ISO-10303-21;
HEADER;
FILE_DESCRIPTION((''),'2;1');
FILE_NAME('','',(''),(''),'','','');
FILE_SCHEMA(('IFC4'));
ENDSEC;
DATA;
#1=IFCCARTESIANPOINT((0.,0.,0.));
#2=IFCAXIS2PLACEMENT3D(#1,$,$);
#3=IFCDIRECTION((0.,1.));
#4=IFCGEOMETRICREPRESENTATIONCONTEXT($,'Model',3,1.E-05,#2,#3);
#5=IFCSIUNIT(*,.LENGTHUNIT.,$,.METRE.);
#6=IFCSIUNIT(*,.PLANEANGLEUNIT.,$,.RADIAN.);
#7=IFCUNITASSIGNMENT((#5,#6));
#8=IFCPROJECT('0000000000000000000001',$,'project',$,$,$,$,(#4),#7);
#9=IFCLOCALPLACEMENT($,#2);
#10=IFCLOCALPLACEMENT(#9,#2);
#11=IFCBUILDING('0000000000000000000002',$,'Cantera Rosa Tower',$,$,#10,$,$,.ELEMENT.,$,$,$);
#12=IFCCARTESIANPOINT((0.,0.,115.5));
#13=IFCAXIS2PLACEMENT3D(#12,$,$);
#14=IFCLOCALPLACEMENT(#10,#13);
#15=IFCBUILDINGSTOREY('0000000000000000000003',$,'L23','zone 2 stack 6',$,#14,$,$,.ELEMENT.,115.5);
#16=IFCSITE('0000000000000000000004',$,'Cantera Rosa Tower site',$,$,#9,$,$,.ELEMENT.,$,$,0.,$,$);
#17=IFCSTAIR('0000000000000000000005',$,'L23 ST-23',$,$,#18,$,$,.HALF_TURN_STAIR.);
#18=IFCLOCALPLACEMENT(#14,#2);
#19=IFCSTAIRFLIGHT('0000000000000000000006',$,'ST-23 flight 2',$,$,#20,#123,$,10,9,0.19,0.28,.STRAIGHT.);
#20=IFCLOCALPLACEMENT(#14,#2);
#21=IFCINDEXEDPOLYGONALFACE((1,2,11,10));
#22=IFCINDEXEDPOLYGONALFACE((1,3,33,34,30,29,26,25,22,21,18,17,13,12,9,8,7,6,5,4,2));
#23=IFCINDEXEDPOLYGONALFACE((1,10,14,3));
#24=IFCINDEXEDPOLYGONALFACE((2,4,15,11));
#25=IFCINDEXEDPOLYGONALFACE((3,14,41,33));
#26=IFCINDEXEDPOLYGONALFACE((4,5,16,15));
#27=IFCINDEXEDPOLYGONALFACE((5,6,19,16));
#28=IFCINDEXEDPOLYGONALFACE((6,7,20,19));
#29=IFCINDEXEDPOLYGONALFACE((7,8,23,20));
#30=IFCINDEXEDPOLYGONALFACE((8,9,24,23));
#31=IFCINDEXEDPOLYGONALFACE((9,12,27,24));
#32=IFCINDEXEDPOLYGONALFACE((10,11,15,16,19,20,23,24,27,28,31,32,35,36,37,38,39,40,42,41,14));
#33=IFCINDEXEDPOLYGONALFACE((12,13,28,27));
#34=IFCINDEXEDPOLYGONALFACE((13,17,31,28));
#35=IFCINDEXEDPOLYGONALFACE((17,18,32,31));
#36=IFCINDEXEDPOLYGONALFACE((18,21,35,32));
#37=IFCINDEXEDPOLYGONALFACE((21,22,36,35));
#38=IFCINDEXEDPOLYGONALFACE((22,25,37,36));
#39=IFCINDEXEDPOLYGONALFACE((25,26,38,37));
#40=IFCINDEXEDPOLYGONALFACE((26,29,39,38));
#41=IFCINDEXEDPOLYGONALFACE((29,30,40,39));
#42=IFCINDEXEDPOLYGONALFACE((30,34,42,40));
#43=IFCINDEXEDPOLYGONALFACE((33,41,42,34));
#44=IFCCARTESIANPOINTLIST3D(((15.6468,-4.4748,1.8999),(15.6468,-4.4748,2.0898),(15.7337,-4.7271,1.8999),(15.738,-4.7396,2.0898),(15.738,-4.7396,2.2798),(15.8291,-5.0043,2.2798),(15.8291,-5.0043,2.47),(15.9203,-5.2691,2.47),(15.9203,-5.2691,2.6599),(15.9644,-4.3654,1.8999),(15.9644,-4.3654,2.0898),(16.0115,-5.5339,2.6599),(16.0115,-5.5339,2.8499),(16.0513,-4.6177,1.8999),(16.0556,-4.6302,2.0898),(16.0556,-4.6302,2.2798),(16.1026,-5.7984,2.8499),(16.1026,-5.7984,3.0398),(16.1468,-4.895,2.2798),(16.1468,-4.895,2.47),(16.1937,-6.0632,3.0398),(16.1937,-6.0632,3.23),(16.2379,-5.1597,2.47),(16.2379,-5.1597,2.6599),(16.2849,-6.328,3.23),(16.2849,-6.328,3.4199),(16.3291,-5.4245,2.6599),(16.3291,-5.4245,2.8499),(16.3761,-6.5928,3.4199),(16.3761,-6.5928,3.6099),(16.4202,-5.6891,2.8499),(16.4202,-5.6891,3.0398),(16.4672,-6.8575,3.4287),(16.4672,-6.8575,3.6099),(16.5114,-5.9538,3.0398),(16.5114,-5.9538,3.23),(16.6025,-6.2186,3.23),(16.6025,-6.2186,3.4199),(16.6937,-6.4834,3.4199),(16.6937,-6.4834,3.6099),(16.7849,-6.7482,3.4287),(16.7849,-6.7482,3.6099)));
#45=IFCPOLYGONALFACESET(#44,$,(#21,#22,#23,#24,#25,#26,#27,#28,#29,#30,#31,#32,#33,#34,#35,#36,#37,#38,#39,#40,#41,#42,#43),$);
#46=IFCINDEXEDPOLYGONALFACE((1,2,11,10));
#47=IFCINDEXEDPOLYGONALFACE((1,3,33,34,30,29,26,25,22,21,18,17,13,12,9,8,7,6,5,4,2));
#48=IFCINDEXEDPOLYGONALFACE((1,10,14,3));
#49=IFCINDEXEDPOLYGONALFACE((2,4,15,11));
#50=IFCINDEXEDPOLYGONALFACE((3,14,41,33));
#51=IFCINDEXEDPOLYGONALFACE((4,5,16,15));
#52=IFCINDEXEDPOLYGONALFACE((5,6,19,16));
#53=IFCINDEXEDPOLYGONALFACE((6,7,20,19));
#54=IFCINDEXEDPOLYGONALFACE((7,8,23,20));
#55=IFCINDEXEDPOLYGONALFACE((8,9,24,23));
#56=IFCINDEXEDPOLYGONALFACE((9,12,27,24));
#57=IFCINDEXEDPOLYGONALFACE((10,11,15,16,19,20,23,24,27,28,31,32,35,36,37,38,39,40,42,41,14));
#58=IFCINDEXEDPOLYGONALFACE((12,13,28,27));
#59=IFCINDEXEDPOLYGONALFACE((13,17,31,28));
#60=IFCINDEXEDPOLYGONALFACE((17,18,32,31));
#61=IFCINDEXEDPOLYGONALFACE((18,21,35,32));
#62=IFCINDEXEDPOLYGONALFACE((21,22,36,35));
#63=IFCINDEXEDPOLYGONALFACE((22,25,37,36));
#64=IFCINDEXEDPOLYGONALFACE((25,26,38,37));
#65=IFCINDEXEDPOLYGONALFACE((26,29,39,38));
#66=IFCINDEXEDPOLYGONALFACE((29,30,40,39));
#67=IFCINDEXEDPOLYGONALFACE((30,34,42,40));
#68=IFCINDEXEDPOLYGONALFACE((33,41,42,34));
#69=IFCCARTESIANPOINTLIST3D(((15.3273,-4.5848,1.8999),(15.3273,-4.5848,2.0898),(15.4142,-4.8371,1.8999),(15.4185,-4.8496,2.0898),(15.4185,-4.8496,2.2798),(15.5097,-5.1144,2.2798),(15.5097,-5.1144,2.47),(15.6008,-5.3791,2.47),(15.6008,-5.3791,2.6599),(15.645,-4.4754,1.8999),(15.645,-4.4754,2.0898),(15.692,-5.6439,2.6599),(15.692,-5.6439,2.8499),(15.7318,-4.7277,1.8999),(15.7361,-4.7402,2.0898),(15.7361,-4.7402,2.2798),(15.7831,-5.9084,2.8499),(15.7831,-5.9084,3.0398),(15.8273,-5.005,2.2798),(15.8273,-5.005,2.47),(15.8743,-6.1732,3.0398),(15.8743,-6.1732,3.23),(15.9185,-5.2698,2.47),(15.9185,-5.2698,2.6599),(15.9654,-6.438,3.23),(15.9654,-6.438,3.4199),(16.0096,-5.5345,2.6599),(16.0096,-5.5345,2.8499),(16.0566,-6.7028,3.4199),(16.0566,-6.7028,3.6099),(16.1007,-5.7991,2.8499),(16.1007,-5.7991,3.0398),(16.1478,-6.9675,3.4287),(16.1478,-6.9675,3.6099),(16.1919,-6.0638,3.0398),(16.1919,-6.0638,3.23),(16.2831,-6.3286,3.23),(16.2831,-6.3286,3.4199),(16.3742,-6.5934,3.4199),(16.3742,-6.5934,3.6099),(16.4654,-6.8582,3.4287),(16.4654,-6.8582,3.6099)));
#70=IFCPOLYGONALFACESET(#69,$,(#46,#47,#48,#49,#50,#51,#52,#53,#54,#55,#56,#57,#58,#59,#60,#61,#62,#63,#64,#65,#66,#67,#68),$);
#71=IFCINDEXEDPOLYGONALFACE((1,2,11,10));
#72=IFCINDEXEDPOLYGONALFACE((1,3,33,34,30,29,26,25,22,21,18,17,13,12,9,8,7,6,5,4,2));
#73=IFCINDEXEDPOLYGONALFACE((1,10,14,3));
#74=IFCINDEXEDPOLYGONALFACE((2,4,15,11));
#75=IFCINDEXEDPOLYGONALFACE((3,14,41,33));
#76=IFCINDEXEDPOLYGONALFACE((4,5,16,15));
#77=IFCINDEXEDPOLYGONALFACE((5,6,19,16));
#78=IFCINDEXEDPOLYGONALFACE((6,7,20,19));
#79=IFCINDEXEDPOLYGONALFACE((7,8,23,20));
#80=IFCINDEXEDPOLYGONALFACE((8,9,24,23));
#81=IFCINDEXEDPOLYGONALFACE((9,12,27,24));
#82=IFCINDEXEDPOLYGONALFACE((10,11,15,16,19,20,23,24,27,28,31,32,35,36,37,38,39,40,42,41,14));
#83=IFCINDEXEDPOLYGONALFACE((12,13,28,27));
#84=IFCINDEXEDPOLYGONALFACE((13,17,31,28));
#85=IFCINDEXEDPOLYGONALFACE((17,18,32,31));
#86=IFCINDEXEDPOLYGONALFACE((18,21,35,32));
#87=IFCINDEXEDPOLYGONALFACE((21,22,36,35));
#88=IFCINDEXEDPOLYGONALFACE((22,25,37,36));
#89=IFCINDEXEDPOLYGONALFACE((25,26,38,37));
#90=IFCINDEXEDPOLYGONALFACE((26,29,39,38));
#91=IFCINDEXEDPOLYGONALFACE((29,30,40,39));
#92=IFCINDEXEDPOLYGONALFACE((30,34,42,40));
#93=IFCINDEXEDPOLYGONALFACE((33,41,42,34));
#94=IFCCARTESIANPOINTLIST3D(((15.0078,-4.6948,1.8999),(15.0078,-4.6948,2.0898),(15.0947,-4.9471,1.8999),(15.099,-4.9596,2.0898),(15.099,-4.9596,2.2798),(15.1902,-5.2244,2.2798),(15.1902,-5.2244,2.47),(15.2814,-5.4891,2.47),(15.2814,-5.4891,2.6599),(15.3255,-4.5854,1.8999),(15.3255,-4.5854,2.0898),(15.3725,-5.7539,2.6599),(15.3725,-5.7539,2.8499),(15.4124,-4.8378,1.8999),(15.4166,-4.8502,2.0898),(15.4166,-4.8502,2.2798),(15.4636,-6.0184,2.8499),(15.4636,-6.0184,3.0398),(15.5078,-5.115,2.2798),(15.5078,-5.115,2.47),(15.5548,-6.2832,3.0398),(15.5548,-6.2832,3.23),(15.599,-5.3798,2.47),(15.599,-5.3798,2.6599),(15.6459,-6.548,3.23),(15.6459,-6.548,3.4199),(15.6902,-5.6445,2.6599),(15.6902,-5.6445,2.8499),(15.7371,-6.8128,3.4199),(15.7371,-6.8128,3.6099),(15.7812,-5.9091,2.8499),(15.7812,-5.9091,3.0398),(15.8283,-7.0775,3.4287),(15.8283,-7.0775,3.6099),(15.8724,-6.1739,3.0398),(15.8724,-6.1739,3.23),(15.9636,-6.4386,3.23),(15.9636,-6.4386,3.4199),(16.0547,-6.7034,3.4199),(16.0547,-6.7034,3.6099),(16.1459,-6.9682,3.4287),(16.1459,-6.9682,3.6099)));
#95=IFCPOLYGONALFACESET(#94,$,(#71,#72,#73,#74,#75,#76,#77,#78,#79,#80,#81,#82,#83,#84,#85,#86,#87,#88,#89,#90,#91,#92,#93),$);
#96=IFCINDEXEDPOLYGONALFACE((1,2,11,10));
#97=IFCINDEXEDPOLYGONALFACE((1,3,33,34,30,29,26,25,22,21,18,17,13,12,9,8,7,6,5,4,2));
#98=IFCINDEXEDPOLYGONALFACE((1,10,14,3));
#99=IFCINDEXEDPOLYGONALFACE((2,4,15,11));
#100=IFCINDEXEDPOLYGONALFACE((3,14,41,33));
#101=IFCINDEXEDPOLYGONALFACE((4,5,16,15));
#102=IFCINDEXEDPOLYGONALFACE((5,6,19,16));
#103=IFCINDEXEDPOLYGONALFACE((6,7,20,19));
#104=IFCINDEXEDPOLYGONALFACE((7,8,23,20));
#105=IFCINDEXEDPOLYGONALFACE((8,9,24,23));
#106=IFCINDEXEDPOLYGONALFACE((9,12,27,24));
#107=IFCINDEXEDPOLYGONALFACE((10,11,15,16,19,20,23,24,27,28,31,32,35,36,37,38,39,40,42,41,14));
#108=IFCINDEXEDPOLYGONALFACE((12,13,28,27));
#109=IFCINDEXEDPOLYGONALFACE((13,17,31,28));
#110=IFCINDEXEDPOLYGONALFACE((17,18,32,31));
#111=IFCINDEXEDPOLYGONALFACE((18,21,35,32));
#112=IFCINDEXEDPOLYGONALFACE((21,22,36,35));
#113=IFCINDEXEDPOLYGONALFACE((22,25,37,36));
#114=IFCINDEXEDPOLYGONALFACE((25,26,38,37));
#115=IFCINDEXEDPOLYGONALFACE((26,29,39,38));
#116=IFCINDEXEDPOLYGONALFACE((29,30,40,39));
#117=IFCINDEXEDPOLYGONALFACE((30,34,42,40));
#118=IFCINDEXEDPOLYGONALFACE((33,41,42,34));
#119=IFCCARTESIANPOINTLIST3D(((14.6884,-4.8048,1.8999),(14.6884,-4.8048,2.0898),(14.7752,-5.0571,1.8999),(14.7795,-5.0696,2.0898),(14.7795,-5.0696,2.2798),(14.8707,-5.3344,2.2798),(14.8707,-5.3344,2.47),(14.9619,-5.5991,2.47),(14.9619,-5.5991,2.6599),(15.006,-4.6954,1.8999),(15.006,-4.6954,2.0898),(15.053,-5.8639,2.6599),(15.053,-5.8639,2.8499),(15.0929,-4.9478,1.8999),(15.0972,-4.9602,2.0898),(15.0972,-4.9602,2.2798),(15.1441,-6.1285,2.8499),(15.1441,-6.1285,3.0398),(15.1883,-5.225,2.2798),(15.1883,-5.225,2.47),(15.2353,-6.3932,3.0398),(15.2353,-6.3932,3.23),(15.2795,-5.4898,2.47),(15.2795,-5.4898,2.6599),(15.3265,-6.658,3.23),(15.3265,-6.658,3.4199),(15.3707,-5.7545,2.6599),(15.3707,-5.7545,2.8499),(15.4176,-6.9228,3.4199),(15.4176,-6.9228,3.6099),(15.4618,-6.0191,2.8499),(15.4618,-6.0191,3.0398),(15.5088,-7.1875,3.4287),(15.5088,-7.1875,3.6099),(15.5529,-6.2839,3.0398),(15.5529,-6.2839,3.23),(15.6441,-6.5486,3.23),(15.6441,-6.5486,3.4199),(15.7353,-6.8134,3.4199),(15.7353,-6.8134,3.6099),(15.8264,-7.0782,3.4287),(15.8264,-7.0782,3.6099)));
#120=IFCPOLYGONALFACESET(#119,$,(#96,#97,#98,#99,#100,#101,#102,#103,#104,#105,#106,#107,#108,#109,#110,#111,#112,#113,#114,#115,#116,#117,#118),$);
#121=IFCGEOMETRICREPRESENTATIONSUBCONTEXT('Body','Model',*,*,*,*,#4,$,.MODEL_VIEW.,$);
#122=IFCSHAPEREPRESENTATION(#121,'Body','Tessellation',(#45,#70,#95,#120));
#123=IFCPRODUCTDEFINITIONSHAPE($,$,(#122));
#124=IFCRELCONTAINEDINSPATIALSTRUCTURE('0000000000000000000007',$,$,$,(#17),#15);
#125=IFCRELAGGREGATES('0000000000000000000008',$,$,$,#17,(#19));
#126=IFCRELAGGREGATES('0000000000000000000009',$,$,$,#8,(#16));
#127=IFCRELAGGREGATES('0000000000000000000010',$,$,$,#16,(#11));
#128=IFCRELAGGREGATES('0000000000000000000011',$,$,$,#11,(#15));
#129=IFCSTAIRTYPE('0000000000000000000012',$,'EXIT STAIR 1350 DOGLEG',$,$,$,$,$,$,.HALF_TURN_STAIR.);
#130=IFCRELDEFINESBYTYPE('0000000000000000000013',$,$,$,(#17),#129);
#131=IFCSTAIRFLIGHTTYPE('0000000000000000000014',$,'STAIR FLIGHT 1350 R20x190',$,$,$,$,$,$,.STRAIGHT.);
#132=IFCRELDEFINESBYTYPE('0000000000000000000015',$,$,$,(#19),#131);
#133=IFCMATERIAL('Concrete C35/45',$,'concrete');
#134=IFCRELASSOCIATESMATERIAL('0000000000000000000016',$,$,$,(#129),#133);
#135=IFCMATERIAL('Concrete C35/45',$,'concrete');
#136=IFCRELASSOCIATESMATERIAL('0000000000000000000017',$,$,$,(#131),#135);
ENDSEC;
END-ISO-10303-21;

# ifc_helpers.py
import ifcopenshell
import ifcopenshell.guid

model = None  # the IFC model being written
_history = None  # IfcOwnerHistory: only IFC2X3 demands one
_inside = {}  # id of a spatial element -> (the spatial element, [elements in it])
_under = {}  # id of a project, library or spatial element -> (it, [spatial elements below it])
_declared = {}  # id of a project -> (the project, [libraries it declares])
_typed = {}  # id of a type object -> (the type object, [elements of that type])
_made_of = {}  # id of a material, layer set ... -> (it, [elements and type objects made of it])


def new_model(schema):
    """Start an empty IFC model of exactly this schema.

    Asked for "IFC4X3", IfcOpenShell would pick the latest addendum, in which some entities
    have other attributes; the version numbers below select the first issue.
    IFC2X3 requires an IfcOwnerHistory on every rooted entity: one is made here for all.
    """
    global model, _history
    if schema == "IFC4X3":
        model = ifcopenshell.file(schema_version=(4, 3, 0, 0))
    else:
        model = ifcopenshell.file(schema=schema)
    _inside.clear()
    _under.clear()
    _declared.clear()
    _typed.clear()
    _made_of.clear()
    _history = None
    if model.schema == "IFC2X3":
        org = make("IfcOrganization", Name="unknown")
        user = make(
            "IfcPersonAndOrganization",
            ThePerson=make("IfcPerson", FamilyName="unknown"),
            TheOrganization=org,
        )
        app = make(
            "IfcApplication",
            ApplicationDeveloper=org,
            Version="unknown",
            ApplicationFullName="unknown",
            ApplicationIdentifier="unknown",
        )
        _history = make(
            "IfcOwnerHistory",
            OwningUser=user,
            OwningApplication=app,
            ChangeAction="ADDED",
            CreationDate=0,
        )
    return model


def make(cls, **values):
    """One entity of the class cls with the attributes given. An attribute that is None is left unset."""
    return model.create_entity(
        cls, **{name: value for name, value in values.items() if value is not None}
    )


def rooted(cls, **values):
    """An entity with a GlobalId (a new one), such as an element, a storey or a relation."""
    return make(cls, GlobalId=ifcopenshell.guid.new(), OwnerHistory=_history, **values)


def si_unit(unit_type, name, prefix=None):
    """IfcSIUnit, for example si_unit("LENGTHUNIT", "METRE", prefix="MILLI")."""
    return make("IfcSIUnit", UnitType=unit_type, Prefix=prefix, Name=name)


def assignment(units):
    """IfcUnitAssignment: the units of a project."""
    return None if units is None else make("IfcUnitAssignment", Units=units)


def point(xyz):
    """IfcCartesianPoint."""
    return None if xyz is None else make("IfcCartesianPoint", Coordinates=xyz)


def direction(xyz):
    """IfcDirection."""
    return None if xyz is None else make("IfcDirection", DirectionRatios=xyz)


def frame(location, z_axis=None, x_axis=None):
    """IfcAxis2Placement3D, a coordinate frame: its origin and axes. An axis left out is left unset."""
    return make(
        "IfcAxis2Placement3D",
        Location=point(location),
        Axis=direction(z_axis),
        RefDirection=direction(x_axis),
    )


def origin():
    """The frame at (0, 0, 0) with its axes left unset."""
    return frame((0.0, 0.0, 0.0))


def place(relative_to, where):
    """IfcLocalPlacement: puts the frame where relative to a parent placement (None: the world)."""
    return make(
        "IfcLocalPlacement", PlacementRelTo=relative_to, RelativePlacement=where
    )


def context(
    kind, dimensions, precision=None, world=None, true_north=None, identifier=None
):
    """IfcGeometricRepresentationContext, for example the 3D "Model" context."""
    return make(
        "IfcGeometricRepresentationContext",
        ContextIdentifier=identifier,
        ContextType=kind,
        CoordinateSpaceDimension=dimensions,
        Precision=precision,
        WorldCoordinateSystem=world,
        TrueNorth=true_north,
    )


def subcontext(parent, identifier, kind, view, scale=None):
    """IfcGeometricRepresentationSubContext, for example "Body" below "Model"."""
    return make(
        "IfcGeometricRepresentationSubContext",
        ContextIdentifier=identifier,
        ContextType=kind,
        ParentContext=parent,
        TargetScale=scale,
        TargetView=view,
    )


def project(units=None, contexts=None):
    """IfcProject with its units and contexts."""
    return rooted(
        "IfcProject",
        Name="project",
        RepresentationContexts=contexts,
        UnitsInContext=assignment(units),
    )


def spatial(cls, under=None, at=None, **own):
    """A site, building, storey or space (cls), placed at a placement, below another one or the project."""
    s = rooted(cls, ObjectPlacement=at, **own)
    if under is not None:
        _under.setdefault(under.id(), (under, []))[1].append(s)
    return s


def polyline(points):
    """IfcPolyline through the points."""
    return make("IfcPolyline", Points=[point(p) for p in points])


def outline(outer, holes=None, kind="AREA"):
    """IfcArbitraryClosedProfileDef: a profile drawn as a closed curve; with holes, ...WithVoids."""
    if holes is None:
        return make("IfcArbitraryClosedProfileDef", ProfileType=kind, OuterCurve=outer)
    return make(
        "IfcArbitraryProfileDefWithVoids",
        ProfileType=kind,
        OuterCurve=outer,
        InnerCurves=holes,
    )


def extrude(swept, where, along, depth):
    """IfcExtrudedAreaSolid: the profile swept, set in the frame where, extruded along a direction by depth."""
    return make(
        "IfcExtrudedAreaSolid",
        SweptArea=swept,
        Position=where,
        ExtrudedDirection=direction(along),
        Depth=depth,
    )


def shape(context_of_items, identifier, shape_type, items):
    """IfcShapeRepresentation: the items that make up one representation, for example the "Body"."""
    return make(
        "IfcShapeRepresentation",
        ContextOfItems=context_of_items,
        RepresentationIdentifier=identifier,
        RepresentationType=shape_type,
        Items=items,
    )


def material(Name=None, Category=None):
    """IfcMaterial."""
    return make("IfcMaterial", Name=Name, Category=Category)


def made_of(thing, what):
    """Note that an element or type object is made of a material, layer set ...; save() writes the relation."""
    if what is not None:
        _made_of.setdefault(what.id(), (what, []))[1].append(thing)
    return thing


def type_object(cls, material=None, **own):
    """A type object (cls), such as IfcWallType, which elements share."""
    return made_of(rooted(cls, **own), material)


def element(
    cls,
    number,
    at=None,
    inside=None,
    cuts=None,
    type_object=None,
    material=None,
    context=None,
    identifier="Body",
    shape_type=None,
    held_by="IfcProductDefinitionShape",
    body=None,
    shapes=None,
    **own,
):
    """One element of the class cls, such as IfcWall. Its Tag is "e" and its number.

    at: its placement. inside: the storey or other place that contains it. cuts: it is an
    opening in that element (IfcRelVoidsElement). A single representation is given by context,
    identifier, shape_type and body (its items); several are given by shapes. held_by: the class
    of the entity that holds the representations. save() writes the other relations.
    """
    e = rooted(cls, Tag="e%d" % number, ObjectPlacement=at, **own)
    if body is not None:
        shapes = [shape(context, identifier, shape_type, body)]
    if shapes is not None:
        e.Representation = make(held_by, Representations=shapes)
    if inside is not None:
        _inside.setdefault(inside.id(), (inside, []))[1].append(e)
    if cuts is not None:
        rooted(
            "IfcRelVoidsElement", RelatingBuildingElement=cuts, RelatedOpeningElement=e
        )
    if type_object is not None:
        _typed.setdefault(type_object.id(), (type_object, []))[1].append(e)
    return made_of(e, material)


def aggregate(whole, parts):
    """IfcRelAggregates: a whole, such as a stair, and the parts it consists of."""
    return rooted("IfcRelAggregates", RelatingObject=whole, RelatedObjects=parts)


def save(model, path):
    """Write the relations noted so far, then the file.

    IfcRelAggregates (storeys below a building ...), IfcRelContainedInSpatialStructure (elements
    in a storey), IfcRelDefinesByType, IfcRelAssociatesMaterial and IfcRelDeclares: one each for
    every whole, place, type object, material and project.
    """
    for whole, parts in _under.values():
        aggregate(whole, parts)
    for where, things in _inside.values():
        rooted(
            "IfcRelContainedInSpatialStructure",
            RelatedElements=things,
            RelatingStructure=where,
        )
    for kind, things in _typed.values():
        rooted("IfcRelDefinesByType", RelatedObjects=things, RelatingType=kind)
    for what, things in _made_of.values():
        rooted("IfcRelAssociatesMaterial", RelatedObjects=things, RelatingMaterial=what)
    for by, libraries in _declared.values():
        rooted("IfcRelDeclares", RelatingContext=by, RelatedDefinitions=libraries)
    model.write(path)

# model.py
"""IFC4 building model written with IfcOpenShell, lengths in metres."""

from ifc_helpers import new_model, si_unit, direction, frame, origin, place, context, subcontext, project, spatial, polyline, outline, extrude, material, type_object, element, aggregate, save


model = new_model("IFC4")

# Units and contexts
model_context = context("Model", 3, precision=1e-05, world=origin(), true_north=direction((0.0, 1.0)))
body_context = subcontext(model_context, "Body", "Model", "MODEL_VIEW")
ifc_project = project(units=[si_unit("LENGTHUNIT", "METRE"), si_unit("PLANEANGLEUNIT", "RADIAN")], contexts=[model_context])

# Site, building, storey
site_placement = place(None, origin())
site = spatial("IfcSite", under=ifc_project, at=site_placement, Name="Cantera Rosa Tower site", CompositionType="ELEMENT", RefElevation=0.0)
building_placement = place(site_placement, origin())
building = spatial("IfcBuilding", under=site, at=building_placement, Name="Cantera Rosa Tower", CompositionType="ELEMENT")
storey_placement = place(building_placement, frame((0.0, 0.0, 115.5)))
storey = spatial("IfcBuildingStorey", under=building, at=storey_placement, Name="L23", Description="zone 2 stack 6", CompositionType="ELEMENT", Elevation=115.5)

# Stair, stair flight
ifc_material_1 = material(Name="Concrete C35/45", Category="concrete")
stair_type = type_object("IfcStairType", Name="EXIT STAIR 1350 DOGLEG", PredefinedType="HALF_TURN_STAIR", material=ifc_material_1)
stair_placement = place(storey_placement, origin())
stair = element("IfcStair", 1, at=stair_placement, inside=storey, type_object=stair_type, Name="L23 ST-23", PredefinedType="HALF_TURN_STAIR")
ifc_material_2 = material(Name="Concrete C35/45", Category="concrete")
stair_flight_type = type_object("IfcStairFlightType", Name="STAIR FLIGHT 1350 R20x190", PredefinedType="STRAIGHT", material=ifc_material_2)
stair_flight_1_placement = place(storey_placement, frame((15.3262, -4.5852, 1.8999), z_axis=(0.0, 0.0, 1.0), x_axis=(0.325568, -0.945519, 0.0)))
stair_flight_1 = element("IfcStairFlight", 2, at=stair_flight_1_placement, type_object=stair_flight_type, Name="ST-23 flight 2", NumberOfRisers=10, NumberOfTreads=9, PredefinedType="STRAIGHT", RiserHeight=0.19, TreadLength=0.28, context=body_context, shape_type="SweptSolid", body=[
    extrude(outline(polyline([(0.0, 0.0), (0.0, 0.1899), (0.28, 0.1899), (0.28, 0.3799), (0.5601, 0.3799), (0.5601, 0.5701), (0.8401, 0.5701), (0.8401, 0.76), (1.1201, 0.76), (1.1201, 0.95), (1.3999, 0.95), (1.3999, 1.1399), (1.6799, 1.1399), (1.6799, 1.3301), (1.96, 1.3301), (1.96, 1.52), (2.24, 1.52), (2.24, 1.71), (2.52, 1.71), (2.52, 1.8999), (2.52, 1.5288), (0.2668, 0.0), (0.0, 0.0)])), frame((0.0, 0.675, 0.0), z_axis=(0.0, -1.0, 0.0), x_axis=(1.0, 0.0, 0.0)), (0.0, 0.0, 1.0), 0.3359),
    extrude(outline(polyline([(0.0, 0.0), (0.0, 0.1899), (0.28, 0.1899), (0.28, 0.3799), (0.5601, 0.3799), (0.5601, 0.5701), (0.8401, 0.5701), (0.8401, 0.76), (1.1201, 0.76), (1.1201, 0.95), (1.3999, 0.95), (1.3999, 1.1399), (1.6799, 1.1399), (1.6799, 1.3301), (1.96, 1.3301), (1.96, 1.52), (2.24, 1.52), (2.24, 1.71), (2.52, 1.71), (2.52, 1.8999), (2.52, 1.5288), (0.2668, 0.0), (0.0, 0.0)])), frame((0.0, 0.3372, 0.0), z_axis=(0.0, -1.0, 0.0), x_axis=(1.0, 0.0, 0.0)), (0.0, 0.0, 1.0), 0.3359),
    extrude(outline(polyline([(0.0, 0.0), (0.0, 0.1899), (0.28, 0.1899), (0.28, 0.3799), (0.5601, 0.3799), (0.5601, 0.5701), (0.8401, 0.5701), (0.8401, 0.76), (1.1201, 0.76), (1.1201, 0.95), (1.3999, 0.95), (1.3999, 1.1399), (1.6799, 1.1399), (1.6799, 1.3301), (1.96, 1.3301), (1.96, 1.52), (2.24, 1.52), (2.24, 1.71), (2.52, 1.71), (2.52, 1.8999), (2.52, 1.5288), (0.2668, 0.0), (0.0, 0.0)])), frame((0.0, -0.0007, 0.0), z_axis=(0.0, -1.0, 0.0), x_axis=(1.0, 0.0, 0.0)), (0.0, 0.0, 1.0), 0.3359),
    extrude(outline(polyline([(0.0, 0.0), (0.0, 0.1899), (0.28, 0.1899), (0.28, 0.3799), (0.5601, 0.3799), (0.5601, 0.5701), (0.8401, 0.5701), (0.8401, 0.76), (1.1201, 0.76), (1.1201, 0.95), (1.3999, 0.95), (1.3999, 1.1399), (1.6799, 1.1399), (1.6799, 1.3301), (1.96, 1.3301), (1.96, 1.52), (2.24, 1.52), (2.24, 1.71), (2.52, 1.71), (2.52, 1.8999), (2.52, 1.5288), (0.2668, 0.0), (0.0, 0.0)])), frame((0.0, -0.3386, 0.0), z_axis=(0.0, -1.0, 0.0), x_axis=(1.0, 0.0, 0.0)), (0.0, 0.0, 1.0), 0.3359),
])
aggregate(stair, [stair_flight_1])

save(model, "model.ifc")
